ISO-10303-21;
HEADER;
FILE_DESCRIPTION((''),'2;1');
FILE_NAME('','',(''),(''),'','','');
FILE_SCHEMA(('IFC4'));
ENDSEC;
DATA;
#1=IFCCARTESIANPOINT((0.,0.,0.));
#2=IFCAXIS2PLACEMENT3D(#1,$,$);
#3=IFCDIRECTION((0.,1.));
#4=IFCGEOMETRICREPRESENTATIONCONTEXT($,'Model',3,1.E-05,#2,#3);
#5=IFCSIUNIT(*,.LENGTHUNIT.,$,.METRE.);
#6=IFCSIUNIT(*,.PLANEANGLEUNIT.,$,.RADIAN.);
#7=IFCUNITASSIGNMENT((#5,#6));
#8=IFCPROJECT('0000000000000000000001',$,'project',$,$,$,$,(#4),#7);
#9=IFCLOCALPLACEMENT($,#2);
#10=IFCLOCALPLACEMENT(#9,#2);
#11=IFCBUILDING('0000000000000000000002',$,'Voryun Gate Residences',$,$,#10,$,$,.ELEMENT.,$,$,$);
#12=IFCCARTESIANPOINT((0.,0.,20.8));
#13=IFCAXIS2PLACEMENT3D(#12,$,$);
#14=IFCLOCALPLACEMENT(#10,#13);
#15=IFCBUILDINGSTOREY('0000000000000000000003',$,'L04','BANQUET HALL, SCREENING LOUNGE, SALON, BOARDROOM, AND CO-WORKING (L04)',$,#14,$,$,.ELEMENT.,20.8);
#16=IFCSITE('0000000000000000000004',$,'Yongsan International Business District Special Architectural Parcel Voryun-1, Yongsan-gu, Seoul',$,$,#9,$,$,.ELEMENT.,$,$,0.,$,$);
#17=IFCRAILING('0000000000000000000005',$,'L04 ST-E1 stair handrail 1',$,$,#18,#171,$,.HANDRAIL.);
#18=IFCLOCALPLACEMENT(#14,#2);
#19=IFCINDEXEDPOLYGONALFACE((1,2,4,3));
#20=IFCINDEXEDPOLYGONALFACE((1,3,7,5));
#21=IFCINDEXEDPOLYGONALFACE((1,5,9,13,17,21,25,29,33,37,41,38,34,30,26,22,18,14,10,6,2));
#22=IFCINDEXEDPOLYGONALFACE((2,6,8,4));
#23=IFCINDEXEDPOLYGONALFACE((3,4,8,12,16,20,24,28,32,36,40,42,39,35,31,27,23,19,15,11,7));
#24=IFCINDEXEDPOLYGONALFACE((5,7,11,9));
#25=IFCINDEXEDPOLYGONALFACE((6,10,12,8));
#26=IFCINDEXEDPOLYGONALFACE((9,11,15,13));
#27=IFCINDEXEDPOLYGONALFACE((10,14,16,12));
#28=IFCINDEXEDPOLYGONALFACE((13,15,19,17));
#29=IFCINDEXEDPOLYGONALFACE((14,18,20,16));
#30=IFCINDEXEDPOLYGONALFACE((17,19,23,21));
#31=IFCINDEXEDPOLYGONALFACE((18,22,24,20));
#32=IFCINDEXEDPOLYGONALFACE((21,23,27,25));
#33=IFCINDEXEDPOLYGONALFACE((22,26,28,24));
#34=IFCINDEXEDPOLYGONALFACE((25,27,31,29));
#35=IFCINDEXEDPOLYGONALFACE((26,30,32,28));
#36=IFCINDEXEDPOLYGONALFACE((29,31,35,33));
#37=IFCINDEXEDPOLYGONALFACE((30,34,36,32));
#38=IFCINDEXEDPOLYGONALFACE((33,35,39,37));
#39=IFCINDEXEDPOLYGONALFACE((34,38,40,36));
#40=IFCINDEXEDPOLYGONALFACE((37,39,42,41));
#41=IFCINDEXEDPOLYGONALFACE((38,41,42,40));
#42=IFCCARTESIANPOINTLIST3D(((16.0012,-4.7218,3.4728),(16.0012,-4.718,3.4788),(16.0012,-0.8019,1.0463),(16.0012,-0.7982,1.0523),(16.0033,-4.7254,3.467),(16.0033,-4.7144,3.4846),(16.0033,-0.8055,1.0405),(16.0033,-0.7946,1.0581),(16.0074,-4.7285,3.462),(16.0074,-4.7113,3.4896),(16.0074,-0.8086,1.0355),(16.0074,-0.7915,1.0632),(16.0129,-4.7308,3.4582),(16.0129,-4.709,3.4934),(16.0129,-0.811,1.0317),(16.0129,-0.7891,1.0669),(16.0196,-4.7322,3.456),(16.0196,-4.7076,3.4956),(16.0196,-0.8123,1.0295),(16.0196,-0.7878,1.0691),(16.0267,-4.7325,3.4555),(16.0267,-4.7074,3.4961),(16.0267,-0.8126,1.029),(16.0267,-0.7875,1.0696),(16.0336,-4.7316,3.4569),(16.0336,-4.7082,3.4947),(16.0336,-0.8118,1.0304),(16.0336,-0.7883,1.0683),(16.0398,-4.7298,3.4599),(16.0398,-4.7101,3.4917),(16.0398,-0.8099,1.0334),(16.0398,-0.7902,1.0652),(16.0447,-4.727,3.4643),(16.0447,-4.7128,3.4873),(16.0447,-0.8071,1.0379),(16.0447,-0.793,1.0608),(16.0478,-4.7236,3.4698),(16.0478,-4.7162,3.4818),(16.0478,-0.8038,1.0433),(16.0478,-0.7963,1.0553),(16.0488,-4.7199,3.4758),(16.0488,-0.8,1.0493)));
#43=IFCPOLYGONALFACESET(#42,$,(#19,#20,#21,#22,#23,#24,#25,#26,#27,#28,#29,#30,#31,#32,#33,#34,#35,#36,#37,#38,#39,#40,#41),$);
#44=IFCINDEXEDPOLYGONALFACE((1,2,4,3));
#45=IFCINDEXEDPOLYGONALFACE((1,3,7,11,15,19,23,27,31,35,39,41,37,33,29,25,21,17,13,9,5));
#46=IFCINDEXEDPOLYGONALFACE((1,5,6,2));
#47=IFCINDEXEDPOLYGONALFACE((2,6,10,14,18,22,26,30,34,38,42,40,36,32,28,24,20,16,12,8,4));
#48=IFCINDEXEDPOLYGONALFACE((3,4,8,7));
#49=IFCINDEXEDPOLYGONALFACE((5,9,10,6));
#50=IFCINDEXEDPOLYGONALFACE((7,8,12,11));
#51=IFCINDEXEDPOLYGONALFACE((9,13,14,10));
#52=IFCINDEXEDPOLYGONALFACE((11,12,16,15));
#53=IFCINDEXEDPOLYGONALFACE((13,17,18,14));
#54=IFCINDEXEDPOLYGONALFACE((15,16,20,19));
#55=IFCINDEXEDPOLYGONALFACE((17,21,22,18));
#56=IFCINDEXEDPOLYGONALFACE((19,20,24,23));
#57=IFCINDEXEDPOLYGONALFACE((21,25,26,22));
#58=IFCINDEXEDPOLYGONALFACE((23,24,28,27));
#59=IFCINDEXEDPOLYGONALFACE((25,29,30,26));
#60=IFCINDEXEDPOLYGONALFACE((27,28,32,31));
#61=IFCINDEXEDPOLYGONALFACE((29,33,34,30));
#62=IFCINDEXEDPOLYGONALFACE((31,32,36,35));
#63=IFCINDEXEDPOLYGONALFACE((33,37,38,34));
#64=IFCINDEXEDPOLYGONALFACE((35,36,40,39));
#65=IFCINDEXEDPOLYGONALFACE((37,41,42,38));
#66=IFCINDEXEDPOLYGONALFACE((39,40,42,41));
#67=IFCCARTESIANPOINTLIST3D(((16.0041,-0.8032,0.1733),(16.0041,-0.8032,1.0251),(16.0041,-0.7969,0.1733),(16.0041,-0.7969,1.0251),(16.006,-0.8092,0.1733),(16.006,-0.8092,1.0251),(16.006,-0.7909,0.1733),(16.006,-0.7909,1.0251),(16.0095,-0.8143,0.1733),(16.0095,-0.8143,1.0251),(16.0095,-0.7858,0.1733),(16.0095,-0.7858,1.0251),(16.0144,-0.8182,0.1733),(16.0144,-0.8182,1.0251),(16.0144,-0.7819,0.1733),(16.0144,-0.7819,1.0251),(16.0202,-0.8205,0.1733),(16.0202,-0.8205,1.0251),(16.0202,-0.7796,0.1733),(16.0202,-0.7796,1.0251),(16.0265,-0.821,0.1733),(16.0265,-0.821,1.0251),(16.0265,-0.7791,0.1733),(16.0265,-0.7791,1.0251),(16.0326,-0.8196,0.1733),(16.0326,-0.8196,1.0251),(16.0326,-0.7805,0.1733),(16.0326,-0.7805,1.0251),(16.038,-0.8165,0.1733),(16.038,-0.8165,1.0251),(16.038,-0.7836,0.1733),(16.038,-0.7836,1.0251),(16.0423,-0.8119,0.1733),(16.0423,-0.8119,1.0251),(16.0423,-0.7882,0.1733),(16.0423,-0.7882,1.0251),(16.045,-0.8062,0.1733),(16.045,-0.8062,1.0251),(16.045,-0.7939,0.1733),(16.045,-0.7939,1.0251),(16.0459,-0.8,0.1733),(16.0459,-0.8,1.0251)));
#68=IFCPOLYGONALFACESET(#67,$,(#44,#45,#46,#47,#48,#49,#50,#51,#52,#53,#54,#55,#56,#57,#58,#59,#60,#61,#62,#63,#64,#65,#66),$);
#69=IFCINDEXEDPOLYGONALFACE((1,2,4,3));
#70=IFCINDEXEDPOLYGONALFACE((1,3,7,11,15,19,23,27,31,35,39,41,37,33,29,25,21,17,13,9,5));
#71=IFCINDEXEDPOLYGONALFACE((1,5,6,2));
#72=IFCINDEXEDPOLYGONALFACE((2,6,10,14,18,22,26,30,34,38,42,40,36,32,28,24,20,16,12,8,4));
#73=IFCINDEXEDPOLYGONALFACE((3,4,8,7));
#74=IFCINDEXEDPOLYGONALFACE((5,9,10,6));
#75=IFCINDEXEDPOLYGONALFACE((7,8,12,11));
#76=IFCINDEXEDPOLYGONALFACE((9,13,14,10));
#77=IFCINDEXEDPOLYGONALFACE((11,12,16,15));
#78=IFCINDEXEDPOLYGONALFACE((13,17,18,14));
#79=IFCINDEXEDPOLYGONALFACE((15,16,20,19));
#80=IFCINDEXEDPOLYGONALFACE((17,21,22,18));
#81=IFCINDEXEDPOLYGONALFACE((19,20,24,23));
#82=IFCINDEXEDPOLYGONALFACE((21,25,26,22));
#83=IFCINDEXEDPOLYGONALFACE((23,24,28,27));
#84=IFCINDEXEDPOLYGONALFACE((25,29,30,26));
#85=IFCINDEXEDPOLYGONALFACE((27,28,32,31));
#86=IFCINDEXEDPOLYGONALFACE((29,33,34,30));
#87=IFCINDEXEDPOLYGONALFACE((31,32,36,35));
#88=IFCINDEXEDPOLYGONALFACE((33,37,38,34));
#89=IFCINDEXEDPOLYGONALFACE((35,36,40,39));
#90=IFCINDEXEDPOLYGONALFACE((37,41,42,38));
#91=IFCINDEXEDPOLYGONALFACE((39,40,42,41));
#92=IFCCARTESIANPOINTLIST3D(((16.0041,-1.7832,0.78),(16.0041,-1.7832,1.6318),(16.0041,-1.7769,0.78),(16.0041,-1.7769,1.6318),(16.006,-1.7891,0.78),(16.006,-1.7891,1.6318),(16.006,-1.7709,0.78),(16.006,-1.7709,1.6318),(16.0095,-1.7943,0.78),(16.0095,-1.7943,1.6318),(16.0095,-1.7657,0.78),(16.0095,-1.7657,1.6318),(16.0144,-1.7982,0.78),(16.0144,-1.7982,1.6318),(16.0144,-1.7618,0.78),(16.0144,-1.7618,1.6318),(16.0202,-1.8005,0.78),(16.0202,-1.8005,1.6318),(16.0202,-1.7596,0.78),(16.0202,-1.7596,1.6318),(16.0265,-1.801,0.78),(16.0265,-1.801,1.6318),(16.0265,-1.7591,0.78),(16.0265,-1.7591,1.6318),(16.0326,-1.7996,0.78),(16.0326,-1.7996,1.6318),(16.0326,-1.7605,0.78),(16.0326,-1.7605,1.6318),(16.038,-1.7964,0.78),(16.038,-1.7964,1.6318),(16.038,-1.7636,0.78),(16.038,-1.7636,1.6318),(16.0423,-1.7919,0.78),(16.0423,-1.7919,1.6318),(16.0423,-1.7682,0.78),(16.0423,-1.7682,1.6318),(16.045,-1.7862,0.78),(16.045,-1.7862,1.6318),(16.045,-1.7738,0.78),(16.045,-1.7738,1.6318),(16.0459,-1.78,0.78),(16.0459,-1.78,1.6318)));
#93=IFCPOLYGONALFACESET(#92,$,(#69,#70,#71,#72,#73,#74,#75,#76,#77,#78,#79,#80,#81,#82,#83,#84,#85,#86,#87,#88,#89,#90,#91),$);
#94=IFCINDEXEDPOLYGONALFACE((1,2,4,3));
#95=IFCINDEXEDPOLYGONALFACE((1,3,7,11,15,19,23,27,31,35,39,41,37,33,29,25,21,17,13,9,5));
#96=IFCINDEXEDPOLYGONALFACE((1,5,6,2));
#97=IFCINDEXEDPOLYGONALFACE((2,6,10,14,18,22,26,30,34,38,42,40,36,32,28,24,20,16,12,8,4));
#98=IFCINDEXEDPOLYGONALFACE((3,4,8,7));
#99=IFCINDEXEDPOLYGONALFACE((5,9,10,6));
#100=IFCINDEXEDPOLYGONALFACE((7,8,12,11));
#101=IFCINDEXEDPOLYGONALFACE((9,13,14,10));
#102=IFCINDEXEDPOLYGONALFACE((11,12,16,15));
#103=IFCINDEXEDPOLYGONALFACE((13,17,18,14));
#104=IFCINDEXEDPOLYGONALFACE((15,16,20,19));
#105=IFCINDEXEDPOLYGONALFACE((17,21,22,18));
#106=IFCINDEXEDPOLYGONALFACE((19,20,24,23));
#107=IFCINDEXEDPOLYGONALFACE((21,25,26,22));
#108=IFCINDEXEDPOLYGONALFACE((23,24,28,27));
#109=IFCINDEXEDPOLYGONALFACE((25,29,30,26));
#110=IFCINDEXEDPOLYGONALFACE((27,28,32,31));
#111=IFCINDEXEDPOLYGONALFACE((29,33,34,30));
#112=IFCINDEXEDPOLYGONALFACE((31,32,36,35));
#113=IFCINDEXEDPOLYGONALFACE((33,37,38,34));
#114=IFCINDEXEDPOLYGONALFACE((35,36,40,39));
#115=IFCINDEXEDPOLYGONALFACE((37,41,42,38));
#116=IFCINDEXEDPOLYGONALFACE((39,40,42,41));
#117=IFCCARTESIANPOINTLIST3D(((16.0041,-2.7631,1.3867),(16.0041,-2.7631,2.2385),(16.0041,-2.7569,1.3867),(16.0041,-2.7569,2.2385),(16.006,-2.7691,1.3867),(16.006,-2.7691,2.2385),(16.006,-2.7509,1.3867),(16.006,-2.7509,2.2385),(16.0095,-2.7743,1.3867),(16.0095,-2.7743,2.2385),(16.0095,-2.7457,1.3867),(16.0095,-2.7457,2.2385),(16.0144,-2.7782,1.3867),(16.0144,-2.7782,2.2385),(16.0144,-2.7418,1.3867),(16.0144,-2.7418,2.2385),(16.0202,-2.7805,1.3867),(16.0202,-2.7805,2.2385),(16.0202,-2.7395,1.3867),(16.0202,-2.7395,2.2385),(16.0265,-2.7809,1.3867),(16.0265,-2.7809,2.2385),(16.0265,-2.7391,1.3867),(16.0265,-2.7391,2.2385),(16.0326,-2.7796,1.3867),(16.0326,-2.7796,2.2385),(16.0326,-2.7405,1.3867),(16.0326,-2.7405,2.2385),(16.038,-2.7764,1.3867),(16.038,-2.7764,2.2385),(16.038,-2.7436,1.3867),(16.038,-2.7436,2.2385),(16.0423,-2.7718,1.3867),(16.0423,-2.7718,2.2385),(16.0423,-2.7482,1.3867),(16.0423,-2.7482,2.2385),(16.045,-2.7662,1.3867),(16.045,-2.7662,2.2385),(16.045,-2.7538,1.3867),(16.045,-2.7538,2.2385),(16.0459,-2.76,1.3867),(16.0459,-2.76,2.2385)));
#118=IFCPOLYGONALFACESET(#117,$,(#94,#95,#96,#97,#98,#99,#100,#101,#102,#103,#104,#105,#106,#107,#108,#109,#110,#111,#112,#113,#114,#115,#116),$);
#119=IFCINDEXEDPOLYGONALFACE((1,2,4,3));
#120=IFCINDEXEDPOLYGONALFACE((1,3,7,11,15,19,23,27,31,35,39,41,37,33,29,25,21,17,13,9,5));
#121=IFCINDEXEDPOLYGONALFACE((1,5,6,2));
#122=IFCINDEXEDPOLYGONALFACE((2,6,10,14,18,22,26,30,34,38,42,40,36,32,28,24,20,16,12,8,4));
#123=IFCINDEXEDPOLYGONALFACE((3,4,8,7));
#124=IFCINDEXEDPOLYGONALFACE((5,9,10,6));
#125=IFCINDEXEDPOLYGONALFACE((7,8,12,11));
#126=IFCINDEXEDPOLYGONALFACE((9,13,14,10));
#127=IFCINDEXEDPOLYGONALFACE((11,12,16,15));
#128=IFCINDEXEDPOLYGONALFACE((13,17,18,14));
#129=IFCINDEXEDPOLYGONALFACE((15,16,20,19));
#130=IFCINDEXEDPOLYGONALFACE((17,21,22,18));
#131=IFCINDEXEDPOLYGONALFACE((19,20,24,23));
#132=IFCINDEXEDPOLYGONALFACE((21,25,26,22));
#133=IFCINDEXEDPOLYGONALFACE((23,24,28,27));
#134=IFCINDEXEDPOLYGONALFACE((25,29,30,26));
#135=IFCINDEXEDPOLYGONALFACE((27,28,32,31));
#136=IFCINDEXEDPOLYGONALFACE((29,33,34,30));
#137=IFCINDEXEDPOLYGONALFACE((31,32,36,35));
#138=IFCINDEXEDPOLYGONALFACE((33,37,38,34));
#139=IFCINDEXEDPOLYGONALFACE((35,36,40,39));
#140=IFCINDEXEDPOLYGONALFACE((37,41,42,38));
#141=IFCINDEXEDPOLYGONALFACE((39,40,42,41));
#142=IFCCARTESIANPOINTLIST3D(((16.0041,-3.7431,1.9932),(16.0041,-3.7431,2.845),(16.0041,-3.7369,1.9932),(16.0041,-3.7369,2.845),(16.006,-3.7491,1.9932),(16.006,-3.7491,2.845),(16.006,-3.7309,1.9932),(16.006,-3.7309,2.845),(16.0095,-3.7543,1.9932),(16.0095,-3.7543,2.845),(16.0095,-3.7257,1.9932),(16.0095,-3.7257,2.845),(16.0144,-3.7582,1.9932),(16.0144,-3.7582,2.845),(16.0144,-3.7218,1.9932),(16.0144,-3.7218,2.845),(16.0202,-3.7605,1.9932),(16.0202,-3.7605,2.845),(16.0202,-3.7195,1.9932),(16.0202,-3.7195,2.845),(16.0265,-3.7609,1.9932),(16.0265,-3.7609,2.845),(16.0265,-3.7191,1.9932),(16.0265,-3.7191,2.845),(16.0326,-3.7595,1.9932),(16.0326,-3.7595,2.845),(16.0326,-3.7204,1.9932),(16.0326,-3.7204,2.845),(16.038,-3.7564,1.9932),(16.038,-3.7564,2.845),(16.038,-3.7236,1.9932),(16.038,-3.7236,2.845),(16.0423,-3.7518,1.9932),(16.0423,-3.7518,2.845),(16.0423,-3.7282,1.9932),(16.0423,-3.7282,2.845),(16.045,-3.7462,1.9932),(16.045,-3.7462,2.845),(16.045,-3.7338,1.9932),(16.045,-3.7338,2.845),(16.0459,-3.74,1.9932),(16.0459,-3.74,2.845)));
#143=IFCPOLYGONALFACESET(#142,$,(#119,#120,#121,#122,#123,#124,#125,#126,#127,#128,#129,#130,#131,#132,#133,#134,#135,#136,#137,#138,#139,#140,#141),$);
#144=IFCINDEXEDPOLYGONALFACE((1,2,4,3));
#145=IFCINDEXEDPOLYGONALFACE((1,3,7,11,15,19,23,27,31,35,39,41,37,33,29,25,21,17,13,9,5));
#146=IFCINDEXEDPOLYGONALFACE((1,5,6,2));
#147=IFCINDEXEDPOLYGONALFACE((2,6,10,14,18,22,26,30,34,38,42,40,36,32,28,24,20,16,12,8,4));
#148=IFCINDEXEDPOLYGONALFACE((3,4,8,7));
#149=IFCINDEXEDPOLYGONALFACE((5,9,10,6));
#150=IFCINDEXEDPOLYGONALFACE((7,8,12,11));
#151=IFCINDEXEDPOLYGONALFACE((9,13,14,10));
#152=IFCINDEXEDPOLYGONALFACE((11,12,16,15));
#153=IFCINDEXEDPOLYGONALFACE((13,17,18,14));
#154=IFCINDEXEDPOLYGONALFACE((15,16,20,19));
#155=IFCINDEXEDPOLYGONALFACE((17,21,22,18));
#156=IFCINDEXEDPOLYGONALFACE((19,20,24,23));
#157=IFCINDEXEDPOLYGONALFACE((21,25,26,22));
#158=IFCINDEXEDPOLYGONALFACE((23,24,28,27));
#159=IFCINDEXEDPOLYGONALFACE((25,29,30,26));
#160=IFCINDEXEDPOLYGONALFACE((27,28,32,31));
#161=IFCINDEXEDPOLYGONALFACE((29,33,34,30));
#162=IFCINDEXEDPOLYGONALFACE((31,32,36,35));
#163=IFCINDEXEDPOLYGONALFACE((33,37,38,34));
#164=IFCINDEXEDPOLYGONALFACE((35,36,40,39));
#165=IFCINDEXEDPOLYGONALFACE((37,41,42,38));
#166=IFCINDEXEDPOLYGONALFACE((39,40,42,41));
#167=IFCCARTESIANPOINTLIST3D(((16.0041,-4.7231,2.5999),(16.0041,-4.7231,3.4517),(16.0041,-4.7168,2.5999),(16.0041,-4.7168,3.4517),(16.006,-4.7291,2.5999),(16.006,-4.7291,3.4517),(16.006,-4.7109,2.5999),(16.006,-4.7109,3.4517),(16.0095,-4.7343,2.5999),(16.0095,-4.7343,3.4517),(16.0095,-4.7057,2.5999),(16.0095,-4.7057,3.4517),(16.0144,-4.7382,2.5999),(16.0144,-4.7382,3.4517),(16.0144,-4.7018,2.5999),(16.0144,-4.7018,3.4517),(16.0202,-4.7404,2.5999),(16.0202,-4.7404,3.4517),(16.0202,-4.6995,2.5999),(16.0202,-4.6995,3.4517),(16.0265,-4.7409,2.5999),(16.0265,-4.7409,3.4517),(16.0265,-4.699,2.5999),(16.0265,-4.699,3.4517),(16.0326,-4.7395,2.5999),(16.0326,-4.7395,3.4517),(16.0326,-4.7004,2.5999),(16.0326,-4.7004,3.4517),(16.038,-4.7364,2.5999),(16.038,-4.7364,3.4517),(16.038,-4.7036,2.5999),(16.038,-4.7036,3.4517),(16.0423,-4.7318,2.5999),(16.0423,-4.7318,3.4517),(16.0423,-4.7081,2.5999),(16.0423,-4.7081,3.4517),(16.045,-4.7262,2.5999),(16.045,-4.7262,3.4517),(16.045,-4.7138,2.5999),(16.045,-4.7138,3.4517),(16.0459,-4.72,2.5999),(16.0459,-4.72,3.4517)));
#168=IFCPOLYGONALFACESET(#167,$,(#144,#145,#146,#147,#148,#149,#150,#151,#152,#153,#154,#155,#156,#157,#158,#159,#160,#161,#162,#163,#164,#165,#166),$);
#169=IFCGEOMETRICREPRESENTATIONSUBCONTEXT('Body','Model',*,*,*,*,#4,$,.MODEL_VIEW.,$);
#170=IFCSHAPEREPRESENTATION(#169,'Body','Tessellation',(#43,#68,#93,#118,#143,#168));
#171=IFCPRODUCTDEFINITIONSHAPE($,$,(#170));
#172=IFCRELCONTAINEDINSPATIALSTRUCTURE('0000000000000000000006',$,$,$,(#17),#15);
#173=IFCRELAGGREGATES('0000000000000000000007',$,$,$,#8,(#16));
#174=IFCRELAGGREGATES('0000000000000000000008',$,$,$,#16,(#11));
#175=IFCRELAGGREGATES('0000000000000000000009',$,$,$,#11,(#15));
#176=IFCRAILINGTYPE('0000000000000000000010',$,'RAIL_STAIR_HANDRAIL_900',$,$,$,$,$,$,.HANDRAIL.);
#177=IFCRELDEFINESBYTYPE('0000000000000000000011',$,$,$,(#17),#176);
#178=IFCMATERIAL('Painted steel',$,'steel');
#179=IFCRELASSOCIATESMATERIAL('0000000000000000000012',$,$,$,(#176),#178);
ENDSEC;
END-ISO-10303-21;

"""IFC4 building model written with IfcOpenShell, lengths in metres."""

from ifc_helpers import new_model, si_unit, direction, frame, origin, origin_2d, place, context, subcontext, project, spatial, circle, extrude, material, type_object, element, save


model = new_model("IFC4")

# Units and contexts
model_context = context("Model", 3, precision=1e-05, world=origin(), true_north=direction((0.0, 1.0)))
body_context = subcontext(model_context, "Body", "Model", "MODEL_VIEW")
ifc_project = project(units=[si_unit("LENGTHUNIT", "METRE"), si_unit("PLANEANGLEUNIT", "RADIAN")], contexts=[model_context])

# Site, building, storey
site_placement = place(None, origin())
site = spatial("IfcSite", under=ifc_project, at=site_placement, Name="Yongsan International Business District Special Architectural Parcel Voryun-1, Yongsan-gu, Seoul", CompositionType="ELEMENT", RefElevation=0.0)
building_placement = place(site_placement, origin())
building = spatial("IfcBuilding", under=site, at=building_placement, Name="Voryun Gate Residences", CompositionType="ELEMENT")
storey_placement = place(building_placement, frame((0.0, 0.0, 20.8)))
storey = spatial("IfcBuildingStorey", under=building, at=storey_placement, Name="L04", Description="BANQUET HALL, SCREENING LOUNGE, SALON, BOARDROOM, AND CO-WORKING (L04)", CompositionType="ELEMENT", Elevation=20.8)

# Railing
ifc_material_1 = material(Name="Painted steel", Category="steel")
railing_type_1 = type_object("IfcRailingType", Name="RAIL_STAIR_HANDRAIL_900", PredefinedType="HANDRAIL", material=ifc_material_1)
railing_1_placement = place(storey_placement, frame((16.0249, -0.8, 0.1733)))
element("IfcRailing", 1, at=railing_1_placement, inside=storey, type_object=railing_type_1, Name="L04 ST-E1 stair handrail 1", PredefinedType="HANDRAIL", context=body_context, shape_type="SweptSolid", body=[
    extrude(circle(Radius=0.0239, at=origin_2d()), frame((0.0, 0.0, 0.876), z_axis=(0.0, -0.850275, 0.526338), x_axis=(1.0, 0.0, 0.0)), (0.0, 0.0, 1.0), 4.6101),
    extrude(circle(Radius=0.021, at=origin_2d()), origin(), (0.0, 0.0, 1.0), 0.8518),
    extrude(circle(Radius=0.021, at=origin_2d()), frame((0.0, -0.98, 0.6067)), (0.0, 0.0, 1.0), 0.8518),
    extrude(circle(Radius=0.021, at=origin_2d()), frame((0.0, -1.96, 1.2134)), (0.0, 0.0, 1.0), 0.8518),
    extrude(circle(Radius=0.021, at=origin_2d()), frame((0.0, -2.9399, 1.8198)), (0.0, 0.0, 1.0), 0.8518),
    extrude(circle(Radius=0.021, at=origin_2d()), frame((0.0, -3.9199, 2.4265)), (0.0, 0.0, 1.0), 0.8518),
])

save(model, "model.ifc")
